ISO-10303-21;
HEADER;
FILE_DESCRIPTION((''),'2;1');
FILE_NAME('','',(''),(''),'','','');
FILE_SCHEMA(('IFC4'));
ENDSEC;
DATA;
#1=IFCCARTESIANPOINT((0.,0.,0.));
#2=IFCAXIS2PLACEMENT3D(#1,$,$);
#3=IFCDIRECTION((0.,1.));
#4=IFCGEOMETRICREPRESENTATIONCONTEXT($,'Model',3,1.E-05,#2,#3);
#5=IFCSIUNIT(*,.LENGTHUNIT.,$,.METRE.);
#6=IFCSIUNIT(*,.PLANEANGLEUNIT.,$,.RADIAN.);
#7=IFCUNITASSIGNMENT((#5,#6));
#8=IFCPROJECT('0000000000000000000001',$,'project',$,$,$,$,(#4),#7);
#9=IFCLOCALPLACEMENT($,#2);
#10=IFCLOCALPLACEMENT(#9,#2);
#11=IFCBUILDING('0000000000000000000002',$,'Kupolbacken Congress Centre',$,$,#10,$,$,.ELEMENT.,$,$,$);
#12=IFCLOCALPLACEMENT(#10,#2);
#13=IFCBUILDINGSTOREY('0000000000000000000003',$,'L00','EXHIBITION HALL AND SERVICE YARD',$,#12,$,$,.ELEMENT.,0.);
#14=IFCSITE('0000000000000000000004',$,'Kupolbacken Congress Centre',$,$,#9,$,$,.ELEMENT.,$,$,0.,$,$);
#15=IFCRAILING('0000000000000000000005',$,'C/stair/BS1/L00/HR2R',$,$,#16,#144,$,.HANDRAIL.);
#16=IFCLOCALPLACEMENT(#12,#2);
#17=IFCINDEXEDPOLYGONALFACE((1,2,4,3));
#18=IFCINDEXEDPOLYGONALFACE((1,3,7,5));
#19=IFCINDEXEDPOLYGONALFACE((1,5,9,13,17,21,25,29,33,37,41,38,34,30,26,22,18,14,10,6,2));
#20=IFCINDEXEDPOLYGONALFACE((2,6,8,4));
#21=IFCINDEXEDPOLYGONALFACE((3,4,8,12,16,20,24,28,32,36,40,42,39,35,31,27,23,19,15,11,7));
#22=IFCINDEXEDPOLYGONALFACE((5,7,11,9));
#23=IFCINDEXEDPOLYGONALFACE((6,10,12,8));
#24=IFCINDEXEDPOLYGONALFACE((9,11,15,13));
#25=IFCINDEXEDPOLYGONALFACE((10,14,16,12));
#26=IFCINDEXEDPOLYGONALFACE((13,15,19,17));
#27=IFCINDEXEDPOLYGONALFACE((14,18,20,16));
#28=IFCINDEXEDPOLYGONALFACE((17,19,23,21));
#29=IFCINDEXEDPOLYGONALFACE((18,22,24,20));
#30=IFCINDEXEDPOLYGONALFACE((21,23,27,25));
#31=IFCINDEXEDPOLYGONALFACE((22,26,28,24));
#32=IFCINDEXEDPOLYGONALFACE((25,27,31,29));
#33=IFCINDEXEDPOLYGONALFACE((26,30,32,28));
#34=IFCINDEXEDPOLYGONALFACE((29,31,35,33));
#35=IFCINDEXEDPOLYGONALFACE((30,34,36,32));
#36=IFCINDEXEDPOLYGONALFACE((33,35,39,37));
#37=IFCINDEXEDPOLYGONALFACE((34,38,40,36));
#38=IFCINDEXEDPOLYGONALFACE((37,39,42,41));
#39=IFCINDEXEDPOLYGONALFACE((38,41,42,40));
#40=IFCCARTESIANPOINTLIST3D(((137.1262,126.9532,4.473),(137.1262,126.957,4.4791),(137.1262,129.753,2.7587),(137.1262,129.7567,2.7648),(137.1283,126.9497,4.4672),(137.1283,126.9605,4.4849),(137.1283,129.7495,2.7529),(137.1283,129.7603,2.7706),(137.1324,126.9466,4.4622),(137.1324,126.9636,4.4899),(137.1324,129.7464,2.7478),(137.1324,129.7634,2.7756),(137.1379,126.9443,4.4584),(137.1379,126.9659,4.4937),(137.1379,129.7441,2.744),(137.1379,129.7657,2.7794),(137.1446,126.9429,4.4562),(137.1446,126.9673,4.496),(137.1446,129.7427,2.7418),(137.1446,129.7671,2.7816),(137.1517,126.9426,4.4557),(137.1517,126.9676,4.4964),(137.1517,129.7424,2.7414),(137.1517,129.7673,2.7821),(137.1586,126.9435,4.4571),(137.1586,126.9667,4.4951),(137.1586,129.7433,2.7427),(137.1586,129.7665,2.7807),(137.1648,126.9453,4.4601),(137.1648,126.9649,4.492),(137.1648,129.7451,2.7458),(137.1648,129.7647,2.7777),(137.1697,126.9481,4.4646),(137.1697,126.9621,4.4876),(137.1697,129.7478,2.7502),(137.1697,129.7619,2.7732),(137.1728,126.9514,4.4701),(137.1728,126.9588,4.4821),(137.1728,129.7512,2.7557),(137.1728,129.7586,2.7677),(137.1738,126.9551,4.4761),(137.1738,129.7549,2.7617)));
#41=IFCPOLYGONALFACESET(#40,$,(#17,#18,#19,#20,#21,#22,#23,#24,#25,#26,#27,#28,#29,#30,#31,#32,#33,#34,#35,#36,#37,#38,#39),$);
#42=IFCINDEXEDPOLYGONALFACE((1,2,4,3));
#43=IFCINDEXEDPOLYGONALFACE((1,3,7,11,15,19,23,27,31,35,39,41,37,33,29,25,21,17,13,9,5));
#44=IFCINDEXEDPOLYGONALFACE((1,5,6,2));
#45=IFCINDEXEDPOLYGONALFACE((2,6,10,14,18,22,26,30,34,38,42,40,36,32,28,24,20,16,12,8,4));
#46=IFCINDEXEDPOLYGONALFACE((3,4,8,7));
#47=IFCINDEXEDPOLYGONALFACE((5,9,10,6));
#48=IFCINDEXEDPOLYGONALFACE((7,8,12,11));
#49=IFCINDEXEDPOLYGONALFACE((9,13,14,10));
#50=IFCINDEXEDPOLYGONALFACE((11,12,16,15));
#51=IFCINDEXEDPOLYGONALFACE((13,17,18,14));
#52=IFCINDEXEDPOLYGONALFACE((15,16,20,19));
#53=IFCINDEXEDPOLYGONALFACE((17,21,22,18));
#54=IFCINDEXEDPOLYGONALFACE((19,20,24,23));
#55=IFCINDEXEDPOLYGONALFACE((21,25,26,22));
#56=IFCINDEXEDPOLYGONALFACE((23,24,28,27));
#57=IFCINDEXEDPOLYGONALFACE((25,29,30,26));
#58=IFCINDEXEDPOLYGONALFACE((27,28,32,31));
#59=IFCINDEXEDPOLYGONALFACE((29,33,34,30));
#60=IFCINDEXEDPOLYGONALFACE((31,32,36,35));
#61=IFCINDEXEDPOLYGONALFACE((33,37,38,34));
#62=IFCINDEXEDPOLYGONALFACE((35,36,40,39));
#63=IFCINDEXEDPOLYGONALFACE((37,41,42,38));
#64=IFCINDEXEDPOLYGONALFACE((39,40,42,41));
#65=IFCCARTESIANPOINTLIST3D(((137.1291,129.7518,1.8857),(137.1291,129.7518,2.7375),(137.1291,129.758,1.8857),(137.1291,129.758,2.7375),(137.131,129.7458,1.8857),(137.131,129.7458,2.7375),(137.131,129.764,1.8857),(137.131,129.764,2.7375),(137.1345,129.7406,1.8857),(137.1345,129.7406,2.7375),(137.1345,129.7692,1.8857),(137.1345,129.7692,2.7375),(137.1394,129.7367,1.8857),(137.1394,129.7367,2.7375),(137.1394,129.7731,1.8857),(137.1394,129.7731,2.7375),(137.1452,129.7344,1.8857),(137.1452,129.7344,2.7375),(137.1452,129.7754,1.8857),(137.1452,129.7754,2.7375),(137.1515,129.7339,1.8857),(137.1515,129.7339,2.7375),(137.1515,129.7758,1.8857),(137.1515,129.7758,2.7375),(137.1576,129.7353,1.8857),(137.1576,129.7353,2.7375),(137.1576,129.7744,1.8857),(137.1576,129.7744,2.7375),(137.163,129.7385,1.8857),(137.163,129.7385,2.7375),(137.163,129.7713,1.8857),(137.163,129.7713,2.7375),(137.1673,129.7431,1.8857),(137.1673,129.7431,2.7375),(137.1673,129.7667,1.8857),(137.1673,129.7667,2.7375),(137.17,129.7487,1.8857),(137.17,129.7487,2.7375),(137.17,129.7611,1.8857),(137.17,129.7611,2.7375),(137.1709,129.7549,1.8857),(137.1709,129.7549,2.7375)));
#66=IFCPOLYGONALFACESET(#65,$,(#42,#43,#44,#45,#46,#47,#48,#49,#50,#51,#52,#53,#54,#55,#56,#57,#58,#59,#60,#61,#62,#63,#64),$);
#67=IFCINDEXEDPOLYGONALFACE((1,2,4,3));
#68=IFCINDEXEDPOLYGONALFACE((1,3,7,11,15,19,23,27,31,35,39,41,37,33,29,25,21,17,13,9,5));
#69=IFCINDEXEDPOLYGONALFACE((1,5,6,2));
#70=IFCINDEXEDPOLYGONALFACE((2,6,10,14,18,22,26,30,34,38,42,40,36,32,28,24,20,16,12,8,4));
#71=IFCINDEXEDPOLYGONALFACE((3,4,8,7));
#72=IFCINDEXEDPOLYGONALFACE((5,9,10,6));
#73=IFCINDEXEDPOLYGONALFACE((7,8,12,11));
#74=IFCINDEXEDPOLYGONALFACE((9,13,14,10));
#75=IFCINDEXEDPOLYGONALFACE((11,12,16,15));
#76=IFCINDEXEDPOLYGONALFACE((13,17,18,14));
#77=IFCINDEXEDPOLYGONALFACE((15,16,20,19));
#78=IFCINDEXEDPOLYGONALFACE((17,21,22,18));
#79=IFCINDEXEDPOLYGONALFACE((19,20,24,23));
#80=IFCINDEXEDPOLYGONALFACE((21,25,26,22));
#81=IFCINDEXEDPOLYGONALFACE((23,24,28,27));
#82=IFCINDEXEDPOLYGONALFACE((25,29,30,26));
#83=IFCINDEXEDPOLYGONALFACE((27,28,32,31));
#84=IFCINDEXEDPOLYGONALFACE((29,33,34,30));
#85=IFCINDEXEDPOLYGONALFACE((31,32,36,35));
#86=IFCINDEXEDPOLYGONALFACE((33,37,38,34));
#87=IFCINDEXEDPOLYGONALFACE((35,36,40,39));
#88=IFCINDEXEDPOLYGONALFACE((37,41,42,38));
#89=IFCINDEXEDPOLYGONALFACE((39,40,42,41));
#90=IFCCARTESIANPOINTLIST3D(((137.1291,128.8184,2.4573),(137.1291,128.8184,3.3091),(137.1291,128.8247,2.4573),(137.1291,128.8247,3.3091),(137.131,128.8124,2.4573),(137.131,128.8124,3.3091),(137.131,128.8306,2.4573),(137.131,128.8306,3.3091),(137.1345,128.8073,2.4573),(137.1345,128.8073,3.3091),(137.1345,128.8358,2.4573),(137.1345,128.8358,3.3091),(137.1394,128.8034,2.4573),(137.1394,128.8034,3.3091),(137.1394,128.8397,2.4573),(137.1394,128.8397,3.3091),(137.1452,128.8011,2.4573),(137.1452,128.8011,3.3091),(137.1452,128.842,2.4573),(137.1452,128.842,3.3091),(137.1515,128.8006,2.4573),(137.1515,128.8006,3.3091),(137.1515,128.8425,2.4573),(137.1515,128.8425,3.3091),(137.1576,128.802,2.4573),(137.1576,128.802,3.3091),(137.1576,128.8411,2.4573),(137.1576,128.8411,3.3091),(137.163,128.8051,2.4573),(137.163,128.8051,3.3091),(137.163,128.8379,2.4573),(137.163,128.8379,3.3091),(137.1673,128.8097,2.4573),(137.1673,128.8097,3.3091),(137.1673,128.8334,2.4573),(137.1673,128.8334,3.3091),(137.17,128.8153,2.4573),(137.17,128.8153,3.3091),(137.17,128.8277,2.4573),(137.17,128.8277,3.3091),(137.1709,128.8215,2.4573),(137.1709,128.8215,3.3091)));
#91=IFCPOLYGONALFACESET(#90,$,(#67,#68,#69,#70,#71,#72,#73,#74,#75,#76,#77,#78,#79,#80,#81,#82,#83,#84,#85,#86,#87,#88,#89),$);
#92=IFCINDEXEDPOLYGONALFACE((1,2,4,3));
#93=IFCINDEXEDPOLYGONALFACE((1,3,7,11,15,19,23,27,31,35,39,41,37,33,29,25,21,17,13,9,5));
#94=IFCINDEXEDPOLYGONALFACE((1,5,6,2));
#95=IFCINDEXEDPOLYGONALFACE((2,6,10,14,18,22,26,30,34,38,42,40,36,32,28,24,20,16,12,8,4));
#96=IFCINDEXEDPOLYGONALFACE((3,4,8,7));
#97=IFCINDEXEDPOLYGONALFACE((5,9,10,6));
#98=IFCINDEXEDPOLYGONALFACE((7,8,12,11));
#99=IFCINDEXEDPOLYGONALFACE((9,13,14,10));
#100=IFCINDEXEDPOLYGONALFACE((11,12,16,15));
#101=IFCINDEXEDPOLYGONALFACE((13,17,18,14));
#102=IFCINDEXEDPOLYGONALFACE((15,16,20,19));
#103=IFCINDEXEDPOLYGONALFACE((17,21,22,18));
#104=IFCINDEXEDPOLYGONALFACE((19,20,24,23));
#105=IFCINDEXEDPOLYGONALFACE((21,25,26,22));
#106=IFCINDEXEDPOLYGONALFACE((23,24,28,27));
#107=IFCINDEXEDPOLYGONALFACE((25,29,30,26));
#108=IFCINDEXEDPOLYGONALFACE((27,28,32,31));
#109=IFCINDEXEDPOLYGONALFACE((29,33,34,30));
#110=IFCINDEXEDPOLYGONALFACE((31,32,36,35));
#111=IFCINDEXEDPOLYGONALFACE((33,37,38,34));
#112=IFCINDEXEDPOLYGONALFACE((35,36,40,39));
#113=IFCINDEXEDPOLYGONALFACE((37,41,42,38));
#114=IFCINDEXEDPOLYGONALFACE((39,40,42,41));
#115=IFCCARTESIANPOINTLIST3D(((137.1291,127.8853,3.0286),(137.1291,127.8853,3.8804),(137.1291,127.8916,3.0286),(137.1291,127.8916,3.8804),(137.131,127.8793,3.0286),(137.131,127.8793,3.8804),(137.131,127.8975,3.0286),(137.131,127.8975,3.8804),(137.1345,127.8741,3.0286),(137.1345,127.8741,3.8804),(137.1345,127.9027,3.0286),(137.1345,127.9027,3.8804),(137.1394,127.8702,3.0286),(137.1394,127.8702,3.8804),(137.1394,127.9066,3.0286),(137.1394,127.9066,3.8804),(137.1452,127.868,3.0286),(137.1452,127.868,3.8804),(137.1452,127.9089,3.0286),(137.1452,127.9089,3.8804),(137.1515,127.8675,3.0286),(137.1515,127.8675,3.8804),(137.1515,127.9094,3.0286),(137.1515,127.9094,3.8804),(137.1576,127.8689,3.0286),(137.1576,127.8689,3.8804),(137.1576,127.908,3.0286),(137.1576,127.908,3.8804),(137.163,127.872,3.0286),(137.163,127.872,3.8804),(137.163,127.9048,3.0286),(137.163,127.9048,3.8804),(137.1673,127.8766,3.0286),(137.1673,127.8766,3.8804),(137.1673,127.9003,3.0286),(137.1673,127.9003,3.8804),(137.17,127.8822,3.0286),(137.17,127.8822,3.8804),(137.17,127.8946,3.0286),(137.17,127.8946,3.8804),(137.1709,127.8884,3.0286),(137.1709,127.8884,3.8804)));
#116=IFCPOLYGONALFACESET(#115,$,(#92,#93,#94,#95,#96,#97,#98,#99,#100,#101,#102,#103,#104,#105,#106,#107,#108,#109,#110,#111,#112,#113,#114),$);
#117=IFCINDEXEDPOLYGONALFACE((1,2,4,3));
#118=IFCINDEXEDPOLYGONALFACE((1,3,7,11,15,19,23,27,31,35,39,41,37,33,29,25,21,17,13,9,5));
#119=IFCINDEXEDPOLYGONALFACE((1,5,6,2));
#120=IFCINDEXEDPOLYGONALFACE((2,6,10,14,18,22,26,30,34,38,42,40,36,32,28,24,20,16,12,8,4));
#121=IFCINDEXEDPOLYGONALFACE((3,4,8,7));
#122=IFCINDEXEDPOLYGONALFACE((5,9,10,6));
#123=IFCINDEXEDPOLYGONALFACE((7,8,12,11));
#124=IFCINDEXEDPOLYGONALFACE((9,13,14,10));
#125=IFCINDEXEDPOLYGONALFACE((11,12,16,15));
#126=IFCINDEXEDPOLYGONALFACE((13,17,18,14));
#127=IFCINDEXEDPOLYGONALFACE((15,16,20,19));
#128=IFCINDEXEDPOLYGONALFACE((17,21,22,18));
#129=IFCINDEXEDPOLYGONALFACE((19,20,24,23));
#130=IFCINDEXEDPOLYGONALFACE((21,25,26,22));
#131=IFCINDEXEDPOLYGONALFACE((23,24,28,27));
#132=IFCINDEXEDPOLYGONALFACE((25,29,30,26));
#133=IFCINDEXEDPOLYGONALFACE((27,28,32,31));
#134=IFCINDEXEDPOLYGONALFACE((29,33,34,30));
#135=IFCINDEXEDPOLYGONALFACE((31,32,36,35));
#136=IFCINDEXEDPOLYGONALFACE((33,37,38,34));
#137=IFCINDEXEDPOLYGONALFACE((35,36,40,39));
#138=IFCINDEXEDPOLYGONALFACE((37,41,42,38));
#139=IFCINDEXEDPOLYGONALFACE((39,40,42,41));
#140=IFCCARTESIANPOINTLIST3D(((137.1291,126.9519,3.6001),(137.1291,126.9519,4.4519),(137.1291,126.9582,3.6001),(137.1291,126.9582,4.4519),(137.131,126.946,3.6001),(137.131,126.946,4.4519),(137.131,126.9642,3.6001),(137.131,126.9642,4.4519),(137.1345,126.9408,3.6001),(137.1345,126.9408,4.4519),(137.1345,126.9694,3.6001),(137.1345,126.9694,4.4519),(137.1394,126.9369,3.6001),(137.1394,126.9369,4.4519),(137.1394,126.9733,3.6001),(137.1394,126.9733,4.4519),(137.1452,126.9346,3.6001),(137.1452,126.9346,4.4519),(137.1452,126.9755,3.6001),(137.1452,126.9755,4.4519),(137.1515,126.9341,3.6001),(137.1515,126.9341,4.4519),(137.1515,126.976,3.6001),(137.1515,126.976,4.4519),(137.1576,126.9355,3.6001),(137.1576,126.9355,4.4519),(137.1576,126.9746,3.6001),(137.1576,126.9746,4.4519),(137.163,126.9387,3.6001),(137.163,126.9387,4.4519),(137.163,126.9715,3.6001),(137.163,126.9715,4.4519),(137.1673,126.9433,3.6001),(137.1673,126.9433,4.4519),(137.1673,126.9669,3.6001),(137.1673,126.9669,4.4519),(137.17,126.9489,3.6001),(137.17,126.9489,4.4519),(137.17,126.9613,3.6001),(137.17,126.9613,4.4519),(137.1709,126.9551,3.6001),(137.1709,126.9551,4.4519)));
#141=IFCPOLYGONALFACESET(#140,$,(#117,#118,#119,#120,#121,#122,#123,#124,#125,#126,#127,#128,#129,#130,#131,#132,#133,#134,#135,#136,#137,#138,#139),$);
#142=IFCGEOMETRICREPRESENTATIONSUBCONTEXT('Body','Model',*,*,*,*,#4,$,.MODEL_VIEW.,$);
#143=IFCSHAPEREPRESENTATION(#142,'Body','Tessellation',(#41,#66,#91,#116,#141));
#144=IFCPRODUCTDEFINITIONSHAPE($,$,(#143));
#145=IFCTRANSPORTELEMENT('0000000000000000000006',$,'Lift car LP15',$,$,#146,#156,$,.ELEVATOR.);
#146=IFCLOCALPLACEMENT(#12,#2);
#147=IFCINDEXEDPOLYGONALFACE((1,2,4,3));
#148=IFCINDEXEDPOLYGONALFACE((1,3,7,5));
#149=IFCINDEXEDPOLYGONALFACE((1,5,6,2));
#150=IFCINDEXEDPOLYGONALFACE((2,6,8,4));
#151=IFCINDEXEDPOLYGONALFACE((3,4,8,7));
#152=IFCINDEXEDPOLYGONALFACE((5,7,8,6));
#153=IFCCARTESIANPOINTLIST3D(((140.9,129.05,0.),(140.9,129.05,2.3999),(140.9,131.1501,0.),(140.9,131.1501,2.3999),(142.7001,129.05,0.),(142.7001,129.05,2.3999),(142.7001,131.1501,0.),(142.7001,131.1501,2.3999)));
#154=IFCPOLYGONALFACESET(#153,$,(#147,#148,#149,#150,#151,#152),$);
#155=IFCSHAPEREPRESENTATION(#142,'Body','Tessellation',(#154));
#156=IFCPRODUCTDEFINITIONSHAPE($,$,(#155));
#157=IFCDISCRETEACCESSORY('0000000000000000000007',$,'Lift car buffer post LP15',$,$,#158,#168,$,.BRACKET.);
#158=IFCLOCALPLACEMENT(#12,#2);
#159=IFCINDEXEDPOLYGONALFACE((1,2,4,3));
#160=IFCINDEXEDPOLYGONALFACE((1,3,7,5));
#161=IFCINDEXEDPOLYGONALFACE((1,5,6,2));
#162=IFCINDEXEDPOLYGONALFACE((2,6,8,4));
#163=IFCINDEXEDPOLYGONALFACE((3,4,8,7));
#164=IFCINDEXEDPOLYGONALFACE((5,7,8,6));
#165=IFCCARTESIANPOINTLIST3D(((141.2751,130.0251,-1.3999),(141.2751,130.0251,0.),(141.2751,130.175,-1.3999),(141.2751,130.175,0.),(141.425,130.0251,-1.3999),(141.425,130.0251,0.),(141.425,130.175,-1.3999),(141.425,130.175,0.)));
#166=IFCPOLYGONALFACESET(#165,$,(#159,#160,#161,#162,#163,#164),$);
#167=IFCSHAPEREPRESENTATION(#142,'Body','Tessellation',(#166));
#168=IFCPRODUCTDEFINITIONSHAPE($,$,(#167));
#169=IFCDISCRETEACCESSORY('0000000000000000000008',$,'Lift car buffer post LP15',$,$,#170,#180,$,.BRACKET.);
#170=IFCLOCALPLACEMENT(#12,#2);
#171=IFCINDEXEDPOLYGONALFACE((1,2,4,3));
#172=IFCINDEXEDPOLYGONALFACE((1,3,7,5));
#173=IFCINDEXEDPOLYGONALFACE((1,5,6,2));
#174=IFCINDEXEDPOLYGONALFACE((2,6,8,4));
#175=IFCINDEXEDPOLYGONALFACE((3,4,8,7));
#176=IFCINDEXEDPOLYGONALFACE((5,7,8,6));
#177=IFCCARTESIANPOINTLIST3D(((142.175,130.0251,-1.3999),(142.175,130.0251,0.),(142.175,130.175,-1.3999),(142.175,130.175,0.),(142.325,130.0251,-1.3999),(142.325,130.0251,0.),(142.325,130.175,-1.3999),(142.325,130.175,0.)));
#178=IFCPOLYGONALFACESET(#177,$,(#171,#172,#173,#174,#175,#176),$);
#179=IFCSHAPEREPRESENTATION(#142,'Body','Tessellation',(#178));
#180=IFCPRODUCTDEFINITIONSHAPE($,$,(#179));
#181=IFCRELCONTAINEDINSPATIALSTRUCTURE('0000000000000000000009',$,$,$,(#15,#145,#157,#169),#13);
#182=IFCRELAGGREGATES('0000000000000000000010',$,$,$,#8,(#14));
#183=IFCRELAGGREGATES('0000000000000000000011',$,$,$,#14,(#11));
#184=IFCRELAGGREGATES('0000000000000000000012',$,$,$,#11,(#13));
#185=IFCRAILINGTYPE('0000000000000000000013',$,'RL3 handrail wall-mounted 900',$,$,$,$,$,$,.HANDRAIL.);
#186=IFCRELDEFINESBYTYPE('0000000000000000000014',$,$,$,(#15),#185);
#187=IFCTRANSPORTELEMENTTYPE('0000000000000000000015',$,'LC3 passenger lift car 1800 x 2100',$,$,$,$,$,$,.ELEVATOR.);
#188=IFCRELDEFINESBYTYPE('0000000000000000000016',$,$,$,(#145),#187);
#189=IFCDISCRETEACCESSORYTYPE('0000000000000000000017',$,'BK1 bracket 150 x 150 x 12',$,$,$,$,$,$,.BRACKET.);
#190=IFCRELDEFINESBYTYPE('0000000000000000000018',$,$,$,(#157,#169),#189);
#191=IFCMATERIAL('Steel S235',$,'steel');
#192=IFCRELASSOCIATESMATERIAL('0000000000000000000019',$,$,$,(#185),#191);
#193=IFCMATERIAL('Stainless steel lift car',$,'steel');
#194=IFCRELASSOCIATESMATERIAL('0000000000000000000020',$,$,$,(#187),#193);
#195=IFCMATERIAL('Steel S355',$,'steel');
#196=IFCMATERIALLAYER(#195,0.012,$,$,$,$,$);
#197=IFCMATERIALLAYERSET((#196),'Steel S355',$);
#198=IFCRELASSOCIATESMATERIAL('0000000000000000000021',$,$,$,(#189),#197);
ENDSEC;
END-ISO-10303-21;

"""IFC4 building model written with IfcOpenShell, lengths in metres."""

from ifc_helpers import new_model, si_unit, direction, frame, origin, origin_2d, place, context, subcontext, project, spatial, rectangle, circle, extrude, material, layer, layer_set, type_object, element, save


model = new_model("IFC4")

# Units and contexts
model_context = context("Model", 3, precision=1e-05, world=origin(), true_north=direction((0.0, 1.0)))
body_context = subcontext(model_context, "Body", "Model", "MODEL_VIEW")
ifc_project = project(units=[si_unit("LENGTHUNIT", "METRE"), si_unit("PLANEANGLEUNIT", "RADIAN")], contexts=[model_context])

# Site, building, storey
site_placement = place(None, origin())
site = spatial("IfcSite", under=ifc_project, at=site_placement, Name="Kupolbacken Congress Centre", CompositionType="ELEMENT", RefElevation=0.0)
building_placement = place(site_placement, origin())
building = spatial("IfcBuilding", under=site, at=building_placement, Name="Kupolbacken Congress Centre", CompositionType="ELEMENT")
storey_placement = place(building_placement, origin())
storey = spatial("IfcBuildingStorey", under=building, at=storey_placement, Name="L00", Description="EXHIBITION HALL AND SERVICE YARD", CompositionType="ELEMENT", Elevation=0.0)

# Railing
ifc_material_1 = material(Name="Steel S235", Category="steel")
railing_type_1 = type_object("IfcRailingType", Name="RL3 handrail wall-mounted 900", PredefinedType="HANDRAIL", material=ifc_material_1)
for number, where, name in (
    (1, (137.1499, 129.7549, 1.8857), "C/stair/BS1/L00/HR2R"),
):
    element("IfcRailing", number, at=place(storey_placement, frame(where)), inside=storey, type_object=railing_type_1, Name=name, PredefinedType="HANDRAIL", context=body_context, shape_type="SweptSolid", body=[
        extrude(circle(Radius=0.0239, at=origin_2d()), frame((0.0, 0.0, 0.876), z_axis=(0.0, -0.852826, 0.522196), x_axis=(1.0, 0.0, 0.0)), (0.0, 0.0, 1.0), 3.283),
        extrude(circle(Radius=0.021, at=origin_2d()), origin(), (0.0, 0.0, 1.0), 0.8518),
        extrude(circle(Radius=0.021, at=origin_2d()), frame((0.0, -0.9333, 0.5715)), (0.0, 0.0, 1.0), 0.8518),
        extrude(circle(Radius=0.021, at=origin_2d()), frame((0.0, -1.8665, 1.1428)), (0.0, 0.0, 1.0), 0.8518),
        extrude(circle(Radius=0.021, at=origin_2d()), frame((0.0, -2.7998, 1.7144)), (0.0, 0.0, 1.0), 0.8518),
    ])

# Transport element
ifc_material_2 = material(Name="Stainless steel lift car", Category="steel")
transport_element_type = type_object("IfcTransportElementType", Name="LC3 passenger lift car 1800 x 2100", PredefinedType="ELEVATOR", material=ifc_material_2)
transport_element_placement = place(storey_placement, frame((141.8, 130.1001, 0.0), z_axis=(0.0, 0.0, 1.0), x_axis=(1.0, 0.0, 0.0)))
element("IfcTransportElement", 2, at=transport_element_placement, inside=storey, type_object=transport_element_type, Name="Lift car LP15", PredefinedType="ELEVATOR", context=body_context, shape_type="SweptSolid", body=[
    extrude(rectangle(XDim=1.8, YDim=2.1001, at=origin_2d()), origin(), (0.0, 0.0, 1.0), 2.3999),
])

# Discrete accessories
ifc_material_3 = material(Name="Steel S355", Category="steel")
ifc_layer_1 = layer(ifc_material_3, 0.012)
ifc_layer_set_1 = layer_set([ifc_layer_1], Name="Steel S355")
discrete_accessory_type = type_object("IfcDiscreteAccessoryType", Name="BK1 bracket 150 x 150 x 12", PredefinedType="BRACKET", material=ifc_layer_set_1)
for number, where, z_axis, x_axis, name in (
    (3, (141.3501, 130.1001, -1.3999), (0.0, 0.0, 1.0), (1.0, 0.0, 0.0), "Lift car buffer post LP15"),
    (4, (142.25, 130.1001, -1.3999), (0.0, 0.0, 1.0), (1.0, 0.0, 0.0), "Lift car buffer post LP15"),
):
    element("IfcDiscreteAccessory", number, at=place(storey_placement, frame(where, z_axis=z_axis, x_axis=x_axis)), inside=storey, type_object=discrete_accessory_type, Name=name, PredefinedType="BRACKET", context=body_context, shape_type="SweptSolid", body=[
        extrude(rectangle(XDim=0.1499, YDim=0.1499, at=origin_2d()), origin(), (0.0, 0.0, 1.0), 1.3999),
    ])

save(model, "model.ifc")
